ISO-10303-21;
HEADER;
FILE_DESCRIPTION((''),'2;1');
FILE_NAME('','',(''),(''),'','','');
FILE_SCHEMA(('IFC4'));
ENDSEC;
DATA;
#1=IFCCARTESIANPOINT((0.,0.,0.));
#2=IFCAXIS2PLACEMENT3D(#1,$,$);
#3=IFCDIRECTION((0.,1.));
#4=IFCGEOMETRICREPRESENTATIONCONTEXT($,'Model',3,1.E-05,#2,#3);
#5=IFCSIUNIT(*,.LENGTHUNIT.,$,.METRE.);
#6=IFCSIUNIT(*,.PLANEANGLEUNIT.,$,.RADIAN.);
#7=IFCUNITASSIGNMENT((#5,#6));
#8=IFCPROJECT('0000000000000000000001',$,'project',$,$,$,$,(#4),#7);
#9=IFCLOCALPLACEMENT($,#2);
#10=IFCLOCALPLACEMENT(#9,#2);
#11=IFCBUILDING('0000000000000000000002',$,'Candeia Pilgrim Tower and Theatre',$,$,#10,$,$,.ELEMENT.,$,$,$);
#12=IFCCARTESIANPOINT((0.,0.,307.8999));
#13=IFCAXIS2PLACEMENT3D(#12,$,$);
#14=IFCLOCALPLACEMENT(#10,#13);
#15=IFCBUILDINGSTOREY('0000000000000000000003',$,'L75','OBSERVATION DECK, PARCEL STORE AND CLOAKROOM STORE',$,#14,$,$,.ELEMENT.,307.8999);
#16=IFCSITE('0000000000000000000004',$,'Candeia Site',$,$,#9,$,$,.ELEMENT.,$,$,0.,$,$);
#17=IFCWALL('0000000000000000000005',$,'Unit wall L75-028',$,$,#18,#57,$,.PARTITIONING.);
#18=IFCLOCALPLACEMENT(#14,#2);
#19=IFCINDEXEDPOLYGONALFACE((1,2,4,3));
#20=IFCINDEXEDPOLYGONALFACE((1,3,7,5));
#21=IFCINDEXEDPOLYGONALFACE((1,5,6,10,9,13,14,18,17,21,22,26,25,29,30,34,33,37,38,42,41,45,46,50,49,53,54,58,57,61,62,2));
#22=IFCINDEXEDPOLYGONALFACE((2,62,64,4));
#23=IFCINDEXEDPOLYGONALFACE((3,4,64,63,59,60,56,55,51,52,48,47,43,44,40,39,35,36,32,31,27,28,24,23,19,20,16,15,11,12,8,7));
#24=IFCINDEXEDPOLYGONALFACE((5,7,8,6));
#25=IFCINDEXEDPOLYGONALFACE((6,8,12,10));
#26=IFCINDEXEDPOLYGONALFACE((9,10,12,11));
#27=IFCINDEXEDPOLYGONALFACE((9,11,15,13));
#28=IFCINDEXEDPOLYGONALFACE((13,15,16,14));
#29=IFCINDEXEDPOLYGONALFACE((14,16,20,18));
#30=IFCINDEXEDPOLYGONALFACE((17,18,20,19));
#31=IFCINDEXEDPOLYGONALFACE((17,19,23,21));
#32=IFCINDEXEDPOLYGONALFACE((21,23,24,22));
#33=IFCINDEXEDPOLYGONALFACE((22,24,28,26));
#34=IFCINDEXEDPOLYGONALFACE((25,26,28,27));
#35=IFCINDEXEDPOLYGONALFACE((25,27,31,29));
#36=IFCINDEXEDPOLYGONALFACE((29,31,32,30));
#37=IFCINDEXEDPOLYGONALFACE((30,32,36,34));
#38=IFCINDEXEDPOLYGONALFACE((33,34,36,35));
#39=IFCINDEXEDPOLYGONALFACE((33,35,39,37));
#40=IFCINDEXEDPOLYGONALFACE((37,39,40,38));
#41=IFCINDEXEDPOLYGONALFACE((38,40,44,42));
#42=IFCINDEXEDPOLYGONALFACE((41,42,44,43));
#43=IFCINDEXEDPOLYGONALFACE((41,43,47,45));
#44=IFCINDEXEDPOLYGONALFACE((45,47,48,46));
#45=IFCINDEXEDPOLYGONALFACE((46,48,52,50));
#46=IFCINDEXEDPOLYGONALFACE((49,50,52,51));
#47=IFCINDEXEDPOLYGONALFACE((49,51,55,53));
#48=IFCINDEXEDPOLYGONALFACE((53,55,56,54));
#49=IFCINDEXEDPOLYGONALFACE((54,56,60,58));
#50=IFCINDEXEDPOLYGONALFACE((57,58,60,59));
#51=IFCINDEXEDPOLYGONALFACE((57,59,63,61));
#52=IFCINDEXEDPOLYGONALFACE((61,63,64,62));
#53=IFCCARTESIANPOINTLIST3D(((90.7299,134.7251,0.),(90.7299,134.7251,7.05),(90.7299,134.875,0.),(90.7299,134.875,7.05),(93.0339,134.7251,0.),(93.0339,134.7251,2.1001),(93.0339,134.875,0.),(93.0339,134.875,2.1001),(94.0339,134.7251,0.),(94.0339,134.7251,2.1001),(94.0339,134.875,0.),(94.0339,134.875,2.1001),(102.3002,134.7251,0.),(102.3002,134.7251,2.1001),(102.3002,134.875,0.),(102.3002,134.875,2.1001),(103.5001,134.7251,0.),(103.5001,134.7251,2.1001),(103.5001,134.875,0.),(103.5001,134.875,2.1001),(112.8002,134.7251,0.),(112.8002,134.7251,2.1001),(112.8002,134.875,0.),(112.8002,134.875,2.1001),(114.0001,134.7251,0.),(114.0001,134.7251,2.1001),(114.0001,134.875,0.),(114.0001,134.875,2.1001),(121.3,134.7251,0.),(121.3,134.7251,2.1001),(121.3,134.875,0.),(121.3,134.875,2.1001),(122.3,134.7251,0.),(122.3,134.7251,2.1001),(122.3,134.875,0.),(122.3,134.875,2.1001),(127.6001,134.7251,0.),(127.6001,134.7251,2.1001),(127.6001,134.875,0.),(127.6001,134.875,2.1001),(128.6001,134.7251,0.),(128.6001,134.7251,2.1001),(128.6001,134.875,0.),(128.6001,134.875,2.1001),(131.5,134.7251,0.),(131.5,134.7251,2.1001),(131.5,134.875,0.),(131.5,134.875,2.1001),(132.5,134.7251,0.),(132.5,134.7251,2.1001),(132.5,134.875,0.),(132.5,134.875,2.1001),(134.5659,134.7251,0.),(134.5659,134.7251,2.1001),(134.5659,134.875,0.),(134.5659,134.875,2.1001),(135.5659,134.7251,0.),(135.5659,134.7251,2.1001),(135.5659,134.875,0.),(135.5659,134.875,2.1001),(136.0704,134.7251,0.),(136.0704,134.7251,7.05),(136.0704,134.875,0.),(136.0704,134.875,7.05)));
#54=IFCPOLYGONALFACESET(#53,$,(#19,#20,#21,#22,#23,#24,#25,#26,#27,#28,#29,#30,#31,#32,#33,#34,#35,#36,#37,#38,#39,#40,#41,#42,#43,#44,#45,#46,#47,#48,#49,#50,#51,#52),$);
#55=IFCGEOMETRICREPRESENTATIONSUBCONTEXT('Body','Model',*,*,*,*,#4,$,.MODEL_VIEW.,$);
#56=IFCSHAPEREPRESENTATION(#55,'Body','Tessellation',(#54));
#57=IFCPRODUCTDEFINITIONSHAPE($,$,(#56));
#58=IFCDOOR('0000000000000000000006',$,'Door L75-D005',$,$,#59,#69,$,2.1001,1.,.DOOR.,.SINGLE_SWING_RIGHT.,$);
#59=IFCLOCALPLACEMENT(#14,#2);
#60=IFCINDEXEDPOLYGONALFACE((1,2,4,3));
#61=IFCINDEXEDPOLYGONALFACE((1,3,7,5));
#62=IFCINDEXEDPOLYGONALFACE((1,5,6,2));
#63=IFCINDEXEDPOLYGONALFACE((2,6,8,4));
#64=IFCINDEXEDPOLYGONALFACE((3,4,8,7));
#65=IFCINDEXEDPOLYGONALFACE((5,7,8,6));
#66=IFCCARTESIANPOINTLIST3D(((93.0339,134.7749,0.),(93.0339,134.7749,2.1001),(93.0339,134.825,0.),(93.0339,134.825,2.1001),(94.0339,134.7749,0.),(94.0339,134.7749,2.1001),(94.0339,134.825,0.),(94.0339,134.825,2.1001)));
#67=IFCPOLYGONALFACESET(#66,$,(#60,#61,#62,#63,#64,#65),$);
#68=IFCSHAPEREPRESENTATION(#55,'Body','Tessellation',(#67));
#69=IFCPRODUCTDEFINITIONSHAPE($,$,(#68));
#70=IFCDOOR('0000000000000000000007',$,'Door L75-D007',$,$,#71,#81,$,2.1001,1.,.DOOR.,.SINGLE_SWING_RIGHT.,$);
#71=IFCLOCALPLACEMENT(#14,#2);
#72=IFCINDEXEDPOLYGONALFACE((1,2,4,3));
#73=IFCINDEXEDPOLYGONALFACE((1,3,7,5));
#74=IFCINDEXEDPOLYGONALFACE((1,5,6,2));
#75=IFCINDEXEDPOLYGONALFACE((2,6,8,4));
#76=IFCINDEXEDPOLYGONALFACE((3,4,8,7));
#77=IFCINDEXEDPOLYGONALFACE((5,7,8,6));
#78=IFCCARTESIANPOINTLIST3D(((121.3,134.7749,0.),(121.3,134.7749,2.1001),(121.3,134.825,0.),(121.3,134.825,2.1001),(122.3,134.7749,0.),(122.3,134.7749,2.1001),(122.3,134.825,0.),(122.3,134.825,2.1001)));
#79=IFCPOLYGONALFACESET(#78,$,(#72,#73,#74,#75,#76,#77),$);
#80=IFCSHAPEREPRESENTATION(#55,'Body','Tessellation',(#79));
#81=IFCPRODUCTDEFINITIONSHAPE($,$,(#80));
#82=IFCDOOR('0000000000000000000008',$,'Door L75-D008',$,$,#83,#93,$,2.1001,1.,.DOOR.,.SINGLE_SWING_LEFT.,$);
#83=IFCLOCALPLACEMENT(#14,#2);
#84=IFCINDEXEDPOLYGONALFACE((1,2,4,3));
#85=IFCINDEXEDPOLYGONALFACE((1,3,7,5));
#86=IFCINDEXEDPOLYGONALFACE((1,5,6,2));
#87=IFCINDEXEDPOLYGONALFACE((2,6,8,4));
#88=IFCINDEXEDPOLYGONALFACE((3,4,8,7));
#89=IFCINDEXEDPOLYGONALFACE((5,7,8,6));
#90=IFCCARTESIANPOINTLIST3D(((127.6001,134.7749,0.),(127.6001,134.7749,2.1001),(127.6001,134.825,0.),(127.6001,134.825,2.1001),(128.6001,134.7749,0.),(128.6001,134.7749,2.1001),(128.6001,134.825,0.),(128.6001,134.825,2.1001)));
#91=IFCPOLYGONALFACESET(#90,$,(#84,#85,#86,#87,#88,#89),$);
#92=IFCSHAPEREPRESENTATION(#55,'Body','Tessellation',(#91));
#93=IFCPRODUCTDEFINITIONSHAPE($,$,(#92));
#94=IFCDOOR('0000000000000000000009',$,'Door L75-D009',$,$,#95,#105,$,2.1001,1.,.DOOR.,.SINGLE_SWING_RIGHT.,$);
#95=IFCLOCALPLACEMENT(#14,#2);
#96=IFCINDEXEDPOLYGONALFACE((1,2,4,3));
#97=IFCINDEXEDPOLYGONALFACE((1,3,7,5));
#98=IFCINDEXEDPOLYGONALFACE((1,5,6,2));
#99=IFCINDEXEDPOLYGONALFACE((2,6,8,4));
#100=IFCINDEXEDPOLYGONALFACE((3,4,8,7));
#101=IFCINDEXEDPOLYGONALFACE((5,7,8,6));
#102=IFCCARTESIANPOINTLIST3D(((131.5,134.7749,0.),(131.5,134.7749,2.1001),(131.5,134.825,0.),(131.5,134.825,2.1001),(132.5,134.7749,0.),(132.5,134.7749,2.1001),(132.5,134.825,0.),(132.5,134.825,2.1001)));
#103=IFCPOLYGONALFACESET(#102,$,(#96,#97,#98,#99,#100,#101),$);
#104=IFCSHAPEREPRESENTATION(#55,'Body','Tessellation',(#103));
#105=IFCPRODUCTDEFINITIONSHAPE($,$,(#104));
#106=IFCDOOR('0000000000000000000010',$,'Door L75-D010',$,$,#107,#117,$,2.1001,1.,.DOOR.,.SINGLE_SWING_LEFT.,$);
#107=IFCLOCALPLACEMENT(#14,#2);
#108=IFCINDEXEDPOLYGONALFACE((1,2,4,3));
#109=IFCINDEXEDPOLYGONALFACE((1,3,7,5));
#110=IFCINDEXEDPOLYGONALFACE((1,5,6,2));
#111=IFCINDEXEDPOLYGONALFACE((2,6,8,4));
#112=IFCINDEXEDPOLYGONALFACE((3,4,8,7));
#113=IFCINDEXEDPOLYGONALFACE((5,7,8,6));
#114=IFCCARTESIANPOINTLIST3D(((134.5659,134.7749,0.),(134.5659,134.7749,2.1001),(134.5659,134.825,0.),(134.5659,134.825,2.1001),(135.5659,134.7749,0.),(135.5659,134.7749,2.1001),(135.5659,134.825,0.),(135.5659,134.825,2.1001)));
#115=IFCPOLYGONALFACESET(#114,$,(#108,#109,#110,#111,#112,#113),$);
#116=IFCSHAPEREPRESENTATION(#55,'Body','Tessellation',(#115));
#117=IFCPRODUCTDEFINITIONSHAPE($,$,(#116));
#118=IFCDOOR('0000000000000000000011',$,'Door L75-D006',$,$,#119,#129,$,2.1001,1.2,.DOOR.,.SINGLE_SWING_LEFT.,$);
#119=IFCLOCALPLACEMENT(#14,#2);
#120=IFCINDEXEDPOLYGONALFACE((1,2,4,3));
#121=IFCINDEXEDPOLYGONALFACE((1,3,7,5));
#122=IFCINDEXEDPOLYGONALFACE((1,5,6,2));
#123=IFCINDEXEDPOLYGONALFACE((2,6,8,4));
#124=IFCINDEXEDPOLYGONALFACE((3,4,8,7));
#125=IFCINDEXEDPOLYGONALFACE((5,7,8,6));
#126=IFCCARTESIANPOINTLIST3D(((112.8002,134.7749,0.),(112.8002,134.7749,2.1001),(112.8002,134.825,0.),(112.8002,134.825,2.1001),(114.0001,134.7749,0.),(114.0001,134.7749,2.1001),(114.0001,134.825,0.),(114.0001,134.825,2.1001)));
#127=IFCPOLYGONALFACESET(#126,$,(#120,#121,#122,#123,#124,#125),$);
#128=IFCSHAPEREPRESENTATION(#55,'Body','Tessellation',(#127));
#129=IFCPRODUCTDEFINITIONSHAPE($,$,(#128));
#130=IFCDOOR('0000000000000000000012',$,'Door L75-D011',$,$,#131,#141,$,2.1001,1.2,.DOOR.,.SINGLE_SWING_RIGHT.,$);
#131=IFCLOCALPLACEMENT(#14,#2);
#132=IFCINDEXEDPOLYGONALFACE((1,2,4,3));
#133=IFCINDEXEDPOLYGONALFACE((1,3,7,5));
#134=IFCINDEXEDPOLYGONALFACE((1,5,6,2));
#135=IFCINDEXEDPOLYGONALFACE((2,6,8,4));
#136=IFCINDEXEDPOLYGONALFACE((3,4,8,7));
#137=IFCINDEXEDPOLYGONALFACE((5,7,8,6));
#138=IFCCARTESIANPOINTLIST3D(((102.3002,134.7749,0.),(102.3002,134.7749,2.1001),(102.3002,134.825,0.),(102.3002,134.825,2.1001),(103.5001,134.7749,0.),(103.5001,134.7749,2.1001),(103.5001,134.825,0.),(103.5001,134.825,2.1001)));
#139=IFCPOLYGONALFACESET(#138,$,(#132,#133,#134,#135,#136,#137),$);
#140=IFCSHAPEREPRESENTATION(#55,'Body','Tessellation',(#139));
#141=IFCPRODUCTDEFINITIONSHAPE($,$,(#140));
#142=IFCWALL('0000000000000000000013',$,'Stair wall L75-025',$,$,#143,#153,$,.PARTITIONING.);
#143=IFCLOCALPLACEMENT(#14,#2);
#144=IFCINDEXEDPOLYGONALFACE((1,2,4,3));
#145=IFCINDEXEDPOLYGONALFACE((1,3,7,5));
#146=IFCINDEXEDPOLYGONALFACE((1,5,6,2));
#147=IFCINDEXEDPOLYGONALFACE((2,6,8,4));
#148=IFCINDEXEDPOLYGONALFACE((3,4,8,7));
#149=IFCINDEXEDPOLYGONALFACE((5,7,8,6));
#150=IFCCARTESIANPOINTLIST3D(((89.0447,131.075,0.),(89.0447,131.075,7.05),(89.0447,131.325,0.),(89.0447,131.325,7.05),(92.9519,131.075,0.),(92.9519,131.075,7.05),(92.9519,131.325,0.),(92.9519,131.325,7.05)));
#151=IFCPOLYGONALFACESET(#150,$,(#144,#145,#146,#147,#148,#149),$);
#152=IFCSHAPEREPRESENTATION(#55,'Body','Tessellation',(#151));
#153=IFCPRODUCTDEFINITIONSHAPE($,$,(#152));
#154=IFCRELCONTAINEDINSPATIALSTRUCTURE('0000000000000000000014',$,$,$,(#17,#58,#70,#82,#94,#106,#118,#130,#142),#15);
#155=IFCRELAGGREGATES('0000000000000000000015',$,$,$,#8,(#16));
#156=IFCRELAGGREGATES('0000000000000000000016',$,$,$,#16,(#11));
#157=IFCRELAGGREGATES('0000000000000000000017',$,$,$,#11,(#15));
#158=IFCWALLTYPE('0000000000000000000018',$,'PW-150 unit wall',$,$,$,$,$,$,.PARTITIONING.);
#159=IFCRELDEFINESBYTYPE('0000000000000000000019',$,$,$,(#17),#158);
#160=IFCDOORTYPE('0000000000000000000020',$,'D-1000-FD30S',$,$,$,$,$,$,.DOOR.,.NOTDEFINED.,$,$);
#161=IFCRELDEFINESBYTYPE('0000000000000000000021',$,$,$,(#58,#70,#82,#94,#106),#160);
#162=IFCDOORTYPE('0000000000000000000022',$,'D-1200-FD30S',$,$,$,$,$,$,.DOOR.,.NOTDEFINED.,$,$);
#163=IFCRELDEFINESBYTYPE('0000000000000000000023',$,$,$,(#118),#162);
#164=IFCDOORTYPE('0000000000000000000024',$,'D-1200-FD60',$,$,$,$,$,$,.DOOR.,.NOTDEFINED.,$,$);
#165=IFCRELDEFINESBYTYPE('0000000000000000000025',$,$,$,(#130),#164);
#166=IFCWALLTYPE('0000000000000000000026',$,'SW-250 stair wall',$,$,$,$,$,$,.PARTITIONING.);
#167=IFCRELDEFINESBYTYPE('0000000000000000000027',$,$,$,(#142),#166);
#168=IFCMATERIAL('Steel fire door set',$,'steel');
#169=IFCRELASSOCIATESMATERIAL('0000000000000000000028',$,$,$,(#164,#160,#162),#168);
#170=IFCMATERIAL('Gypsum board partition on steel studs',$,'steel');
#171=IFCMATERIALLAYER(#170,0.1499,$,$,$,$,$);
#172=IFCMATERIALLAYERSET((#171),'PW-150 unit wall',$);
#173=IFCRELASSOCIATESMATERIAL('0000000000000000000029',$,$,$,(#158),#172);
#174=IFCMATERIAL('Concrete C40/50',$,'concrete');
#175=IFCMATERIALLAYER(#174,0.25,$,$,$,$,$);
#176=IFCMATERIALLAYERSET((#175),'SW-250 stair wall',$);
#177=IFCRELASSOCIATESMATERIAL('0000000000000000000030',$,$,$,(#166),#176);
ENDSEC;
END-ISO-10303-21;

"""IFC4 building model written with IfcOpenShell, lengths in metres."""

from ifc_helpers import new_model, si_unit, direction, frame, frame_2d, origin, place, context, subcontext, project, spatial, rectangle, extrude, material, layer, layer_set, type_object, element, fill, save


model = new_model("IFC4")

# Units and contexts
model_context = context("Model", 3, precision=1e-05, world=origin(), true_north=direction((0.0, 1.0)))
body_context = subcontext(model_context, "Body", "Model", "MODEL_VIEW")
ifc_project = project(units=[si_unit("LENGTHUNIT", "METRE"), si_unit("PLANEANGLEUNIT", "RADIAN")], contexts=[model_context])

# Site, building, storey
site_placement = place(None, origin())
site = spatial("IfcSite", under=ifc_project, at=site_placement, Name="Candeia Site", CompositionType="ELEMENT", RefElevation=0.0)
building_placement = place(site_placement, origin())
building = spatial("IfcBuilding", under=site, at=building_placement, Name="Candeia Pilgrim Tower and Theatre", CompositionType="ELEMENT")
storey_placement = place(building_placement, frame((0.0, 0.0, 307.8999)))
storey = spatial("IfcBuildingStorey", under=building, at=storey_placement, Name="L75", Description="OBSERVATION DECK, PARCEL STORE AND CLOAKROOM STORE", CompositionType="ELEMENT", Elevation=307.8999)

# Shared definitions
ifc_material_1 = material(Name="Concrete C40/50", Category="concrete")

# Shared definitions
ifc_material_2 = material(Name="Steel fire door set", Category="steel")
door_type_1 = type_object("IfcDoorType", Name="D-1200-FD60", OperationType="NOTDEFINED", PredefinedType="DOOR", material=ifc_material_2)

# Wall, openings, doors
ifc_material_3 = material(Name="Gypsum board partition on steel studs", Category="steel")
ifc_layer_1 = layer(ifc_material_3, 0.1499)
ifc_layer_set_1 = layer_set([ifc_layer_1], Name="PW-150 unit wall")
wall_type_1 = type_object("IfcWallType", Name="PW-150 unit wall", PredefinedType="PARTITIONING", material=ifc_layer_set_1)
wall_1_placement = place(storey_placement, frame((90.7297, 134.8, 0.0), z_axis=(0.0, 0.0, 1.0), x_axis=(1.0, 0.0, 0.0)))
wall_1 = element("IfcWall", 1, at=wall_1_placement, inside=storey, type_object=wall_type_1, Name="Unit wall L75-028", PredefinedType="PARTITIONING", context=body_context, shape_type="SweptSolid", body=[
    extrude(rectangle(XDim=45.3406, YDim=0.1499, at=frame_2d((22.6704, 0.0))), origin(), (0.0, 0.0, 1.0), 7.05),
])
opening_1_placement = place(wall_1_placement, frame((2.3042, 0.0, 0.0)))
opening_1 = element("IfcOpeningElement", 2, at=opening_1_placement, cuts=wall_1, PredefinedType="OPENING", context=body_context, shape_type="SweptSolid", body=[
    extrude(rectangle(XDim=1.0, YDim=2.1001, at=frame_2d((0.5, 1.05))), frame((0.0, 0.085, 0.0), z_axis=(0.0, -1.0, 0.0), x_axis=(1.0, 0.0, 0.0)), (0.0, 0.0, 1.0), 0.1699),
])
opening_2_placement = place(wall_1_placement, frame((22.0703, 0.0, 0.0)))
opening_2 = element("IfcOpeningElement", 3, at=opening_2_placement, cuts=wall_1, PredefinedType="OPENING", context=body_context, shape_type="SweptSolid", body=[
    extrude(rectangle(XDim=1.2, YDim=2.1001, at=frame_2d((0.6001, 1.05))), frame((0.0, 0.085, 0.0), z_axis=(0.0, -1.0, 0.0), x_axis=(1.0, 0.0, 0.0)), (0.0, 0.0, 1.0), 0.1699),
])
opening_3_placement = place(wall_1_placement, frame((30.5703, 0.0, 0.0)))
opening_3 = element("IfcOpeningElement", 4, at=opening_3_placement, cuts=wall_1, PredefinedType="OPENING", context=body_context, shape_type="SweptSolid", body=[
    extrude(rectangle(XDim=1.0, YDim=2.1001, at=frame_2d((0.5, 1.05))), frame((0.0, 0.085, 0.0), z_axis=(0.0, -1.0, 0.0), x_axis=(1.0, 0.0, 0.0)), (0.0, 0.0, 1.0), 0.1699),
])
opening_4_placement = place(wall_1_placement, frame((36.8704, 0.0, 0.0)))
opening_4 = element("IfcOpeningElement", 5, at=opening_4_placement, cuts=wall_1, PredefinedType="OPENING", context=body_context, shape_type="SweptSolid", body=[
    extrude(rectangle(XDim=1.0, YDim=2.1001, at=frame_2d((0.5, 1.05))), frame((0.0, 0.085, 0.0), z_axis=(0.0, -1.0, 0.0), x_axis=(1.0, 0.0, 0.0)), (0.0, 0.0, 1.0), 0.1699),
])
opening_5_placement = place(wall_1_placement, frame((40.7703, 0.0, 0.0)))
opening_5 = element("IfcOpeningElement", 6, at=opening_5_placement, cuts=wall_1, PredefinedType="OPENING", context=body_context, shape_type="SweptSolid", body=[
    extrude(rectangle(XDim=1.0, YDim=2.1001, at=frame_2d((0.5, 1.05))), frame((0.0, 0.085, 0.0), z_axis=(0.0, -1.0, 0.0), x_axis=(1.0, 0.0, 0.0)), (0.0, 0.0, 1.0), 0.1699),
])
opening_6_placement = place(wall_1_placement, frame((43.8362, 0.0, 0.0)))
opening_6 = element("IfcOpeningElement", 7, at=opening_6_placement, cuts=wall_1, PredefinedType="OPENING", context=body_context, shape_type="SweptSolid", body=[
    extrude(rectangle(XDim=1.0, YDim=2.1001, at=frame_2d((0.5, 1.05))), frame((0.0, 0.085, 0.0), z_axis=(0.0, -1.0, 0.0), x_axis=(1.0, 0.0, 0.0)), (0.0, 0.0, 1.0), 0.1699),
])
opening_7_placement = place(wall_1_placement, frame((11.5703, 0.0, 0.0)))
opening_7 = element("IfcOpeningElement", 8, at=opening_7_placement, cuts=wall_1, PredefinedType="OPENING", context=body_context, shape_type="SweptSolid", body=[
    extrude(rectangle(XDim=1.2, YDim=2.1001, at=frame_2d((0.6001, 1.05))), frame((0.0, 0.085, 0.0), z_axis=(0.0, -1.0, 0.0), x_axis=(1.0, 0.0, 0.0)), (0.0, 0.0, 1.0), 0.1699),
])
door_type_2 = type_object("IfcDoorType", Name="D-1000-FD30S", OperationType="NOTDEFINED", PredefinedType="DOOR", material=ifc_material_2)
door_1_placement = place(opening_1_placement, origin())
door_1 = element("IfcDoor", 9, at=door_1_placement, inside=storey, type_object=door_type_2, Name="Door L75-D005", OperationType="SINGLE_SWING_RIGHT", OverallHeight=2.1001, OverallWidth=1.0, PredefinedType="DOOR", context=body_context, shape_type="SweptSolid", body=[
    extrude(rectangle(XDim=1.0, YDim=2.1001, at=frame_2d((0.5, 1.05))), frame((0.0, 0.0249, 0.0), z_axis=(0.0, -1.0, 0.0), x_axis=(1.0, 0.0, 0.0)), (0.0, 0.0, 1.0), 0.05),
])
fill(opening_1, door_1)
door_2_placement = place(opening_3_placement, origin())
door_2 = element("IfcDoor", 10, at=door_2_placement, inside=storey, type_object=door_type_2, Name="Door L75-D007", OperationType="SINGLE_SWING_RIGHT", OverallHeight=2.1001, OverallWidth=1.0, PredefinedType="DOOR", context=body_context, shape_type="SweptSolid", body=[
    extrude(rectangle(XDim=1.0, YDim=2.1001, at=frame_2d((0.5, 1.05))), frame((0.0, 0.0249, 0.0), z_axis=(0.0, -1.0, 0.0), x_axis=(1.0, 0.0, 0.0)), (0.0, 0.0, 1.0), 0.05),
])
fill(opening_3, door_2)
door_3_placement = place(opening_4_placement, origin())
door_3 = element("IfcDoor", 11, at=door_3_placement, inside=storey, type_object=door_type_2, Name="Door L75-D008", OperationType="SINGLE_SWING_LEFT", OverallHeight=2.1001, OverallWidth=1.0, PredefinedType="DOOR", context=body_context, shape_type="SweptSolid", body=[
    extrude(rectangle(XDim=1.0, YDim=2.1001, at=frame_2d((0.5, 1.05))), frame((0.0, 0.0249, 0.0), z_axis=(0.0, -1.0, 0.0), x_axis=(1.0, 0.0, 0.0)), (0.0, 0.0, 1.0), 0.05),
])
fill(opening_4, door_3)
door_4_placement = place(opening_5_placement, origin())
door_4 = element("IfcDoor", 12, at=door_4_placement, inside=storey, type_object=door_type_2, Name="Door L75-D009", OperationType="SINGLE_SWING_RIGHT", OverallHeight=2.1001, OverallWidth=1.0, PredefinedType="DOOR", context=body_context, shape_type="SweptSolid", body=[
    extrude(rectangle(XDim=1.0, YDim=2.1001, at=frame_2d((0.5, 1.05))), frame((0.0, 0.0249, 0.0), z_axis=(0.0, -1.0, 0.0), x_axis=(1.0, 0.0, 0.0)), (0.0, 0.0, 1.0), 0.05),
])
fill(opening_5, door_4)
door_5_placement = place(opening_6_placement, origin())
door_5 = element("IfcDoor", 13, at=door_5_placement, inside=storey, type_object=door_type_2, Name="Door L75-D010", OperationType="SINGLE_SWING_LEFT", OverallHeight=2.1001, OverallWidth=1.0, PredefinedType="DOOR", context=body_context, shape_type="SweptSolid", body=[
    extrude(rectangle(XDim=1.0, YDim=2.1001, at=frame_2d((0.5, 1.05))), frame((0.0, 0.0249, 0.0), z_axis=(0.0, -1.0, 0.0), x_axis=(1.0, 0.0, 0.0)), (0.0, 0.0, 1.0), 0.05),
])
fill(opening_6, door_5)
door_type_3 = type_object("IfcDoorType", Name="D-1200-FD30S", OperationType="NOTDEFINED", PredefinedType="DOOR", material=ifc_material_2)
door_6_placement = place(opening_2_placement, origin())
door_6 = element("IfcDoor", 14, at=door_6_placement, inside=storey, type_object=door_type_3, Name="Door L75-D006", OperationType="SINGLE_SWING_LEFT", OverallHeight=2.1001, OverallWidth=1.2, PredefinedType="DOOR", context=body_context, shape_type="SweptSolid", body=[
    extrude(rectangle(XDim=1.2, YDim=2.1001, at=frame_2d((0.6001, 1.05))), frame((0.0, 0.0249, 0.0), z_axis=(0.0, -1.0, 0.0), x_axis=(1.0, 0.0, 0.0)), (0.0, 0.0, 1.0), 0.05),
])
fill(opening_2, door_6)
door_7_placement = place(opening_7_placement, origin())
door_7 = element("IfcDoor", 15, at=door_7_placement, inside=storey, type_object=door_type_1, Name="Door L75-D011", OperationType="SINGLE_SWING_RIGHT", OverallHeight=2.1001, OverallWidth=1.2, PredefinedType="DOOR", context=body_context, shape_type="SweptSolid", body=[
    extrude(rectangle(XDim=1.2, YDim=2.1001, at=frame_2d((0.6001, 1.05))), frame((0.0, 0.0249, 0.0), z_axis=(0.0, -1.0, 0.0), x_axis=(1.0, 0.0, 0.0)), (0.0, 0.0, 1.0), 0.05),
])
fill(opening_7, door_7)

# Wall
ifc_layer_2 = layer(ifc_material_1, 0.25)
ifc_layer_set_2 = layer_set([ifc_layer_2], Name="SW-250 stair wall")
wall_type_2 = type_object("IfcWallType", Name="SW-250 stair wall", PredefinedType="PARTITIONING", material=ifc_layer_set_2)
wall_2_placement = place(storey_placement, frame((89.0447, 131.2, 0.0), z_axis=(0.0, 0.0, 1.0), x_axis=(1.0, 0.0, 0.0)))
element("IfcWall", 16, at=wall_2_placement, inside=storey, type_object=wall_type_2, Name="Stair wall L75-025", PredefinedType="PARTITIONING", context=body_context, shape_type="SweptSolid", body=[
    extrude(rectangle(XDim=3.9072, YDim=0.25, at=frame_2d((1.9536, 0.0))), origin(), (0.0, 0.0, 1.0), 7.05),
])

save(model, "model.ifc")
